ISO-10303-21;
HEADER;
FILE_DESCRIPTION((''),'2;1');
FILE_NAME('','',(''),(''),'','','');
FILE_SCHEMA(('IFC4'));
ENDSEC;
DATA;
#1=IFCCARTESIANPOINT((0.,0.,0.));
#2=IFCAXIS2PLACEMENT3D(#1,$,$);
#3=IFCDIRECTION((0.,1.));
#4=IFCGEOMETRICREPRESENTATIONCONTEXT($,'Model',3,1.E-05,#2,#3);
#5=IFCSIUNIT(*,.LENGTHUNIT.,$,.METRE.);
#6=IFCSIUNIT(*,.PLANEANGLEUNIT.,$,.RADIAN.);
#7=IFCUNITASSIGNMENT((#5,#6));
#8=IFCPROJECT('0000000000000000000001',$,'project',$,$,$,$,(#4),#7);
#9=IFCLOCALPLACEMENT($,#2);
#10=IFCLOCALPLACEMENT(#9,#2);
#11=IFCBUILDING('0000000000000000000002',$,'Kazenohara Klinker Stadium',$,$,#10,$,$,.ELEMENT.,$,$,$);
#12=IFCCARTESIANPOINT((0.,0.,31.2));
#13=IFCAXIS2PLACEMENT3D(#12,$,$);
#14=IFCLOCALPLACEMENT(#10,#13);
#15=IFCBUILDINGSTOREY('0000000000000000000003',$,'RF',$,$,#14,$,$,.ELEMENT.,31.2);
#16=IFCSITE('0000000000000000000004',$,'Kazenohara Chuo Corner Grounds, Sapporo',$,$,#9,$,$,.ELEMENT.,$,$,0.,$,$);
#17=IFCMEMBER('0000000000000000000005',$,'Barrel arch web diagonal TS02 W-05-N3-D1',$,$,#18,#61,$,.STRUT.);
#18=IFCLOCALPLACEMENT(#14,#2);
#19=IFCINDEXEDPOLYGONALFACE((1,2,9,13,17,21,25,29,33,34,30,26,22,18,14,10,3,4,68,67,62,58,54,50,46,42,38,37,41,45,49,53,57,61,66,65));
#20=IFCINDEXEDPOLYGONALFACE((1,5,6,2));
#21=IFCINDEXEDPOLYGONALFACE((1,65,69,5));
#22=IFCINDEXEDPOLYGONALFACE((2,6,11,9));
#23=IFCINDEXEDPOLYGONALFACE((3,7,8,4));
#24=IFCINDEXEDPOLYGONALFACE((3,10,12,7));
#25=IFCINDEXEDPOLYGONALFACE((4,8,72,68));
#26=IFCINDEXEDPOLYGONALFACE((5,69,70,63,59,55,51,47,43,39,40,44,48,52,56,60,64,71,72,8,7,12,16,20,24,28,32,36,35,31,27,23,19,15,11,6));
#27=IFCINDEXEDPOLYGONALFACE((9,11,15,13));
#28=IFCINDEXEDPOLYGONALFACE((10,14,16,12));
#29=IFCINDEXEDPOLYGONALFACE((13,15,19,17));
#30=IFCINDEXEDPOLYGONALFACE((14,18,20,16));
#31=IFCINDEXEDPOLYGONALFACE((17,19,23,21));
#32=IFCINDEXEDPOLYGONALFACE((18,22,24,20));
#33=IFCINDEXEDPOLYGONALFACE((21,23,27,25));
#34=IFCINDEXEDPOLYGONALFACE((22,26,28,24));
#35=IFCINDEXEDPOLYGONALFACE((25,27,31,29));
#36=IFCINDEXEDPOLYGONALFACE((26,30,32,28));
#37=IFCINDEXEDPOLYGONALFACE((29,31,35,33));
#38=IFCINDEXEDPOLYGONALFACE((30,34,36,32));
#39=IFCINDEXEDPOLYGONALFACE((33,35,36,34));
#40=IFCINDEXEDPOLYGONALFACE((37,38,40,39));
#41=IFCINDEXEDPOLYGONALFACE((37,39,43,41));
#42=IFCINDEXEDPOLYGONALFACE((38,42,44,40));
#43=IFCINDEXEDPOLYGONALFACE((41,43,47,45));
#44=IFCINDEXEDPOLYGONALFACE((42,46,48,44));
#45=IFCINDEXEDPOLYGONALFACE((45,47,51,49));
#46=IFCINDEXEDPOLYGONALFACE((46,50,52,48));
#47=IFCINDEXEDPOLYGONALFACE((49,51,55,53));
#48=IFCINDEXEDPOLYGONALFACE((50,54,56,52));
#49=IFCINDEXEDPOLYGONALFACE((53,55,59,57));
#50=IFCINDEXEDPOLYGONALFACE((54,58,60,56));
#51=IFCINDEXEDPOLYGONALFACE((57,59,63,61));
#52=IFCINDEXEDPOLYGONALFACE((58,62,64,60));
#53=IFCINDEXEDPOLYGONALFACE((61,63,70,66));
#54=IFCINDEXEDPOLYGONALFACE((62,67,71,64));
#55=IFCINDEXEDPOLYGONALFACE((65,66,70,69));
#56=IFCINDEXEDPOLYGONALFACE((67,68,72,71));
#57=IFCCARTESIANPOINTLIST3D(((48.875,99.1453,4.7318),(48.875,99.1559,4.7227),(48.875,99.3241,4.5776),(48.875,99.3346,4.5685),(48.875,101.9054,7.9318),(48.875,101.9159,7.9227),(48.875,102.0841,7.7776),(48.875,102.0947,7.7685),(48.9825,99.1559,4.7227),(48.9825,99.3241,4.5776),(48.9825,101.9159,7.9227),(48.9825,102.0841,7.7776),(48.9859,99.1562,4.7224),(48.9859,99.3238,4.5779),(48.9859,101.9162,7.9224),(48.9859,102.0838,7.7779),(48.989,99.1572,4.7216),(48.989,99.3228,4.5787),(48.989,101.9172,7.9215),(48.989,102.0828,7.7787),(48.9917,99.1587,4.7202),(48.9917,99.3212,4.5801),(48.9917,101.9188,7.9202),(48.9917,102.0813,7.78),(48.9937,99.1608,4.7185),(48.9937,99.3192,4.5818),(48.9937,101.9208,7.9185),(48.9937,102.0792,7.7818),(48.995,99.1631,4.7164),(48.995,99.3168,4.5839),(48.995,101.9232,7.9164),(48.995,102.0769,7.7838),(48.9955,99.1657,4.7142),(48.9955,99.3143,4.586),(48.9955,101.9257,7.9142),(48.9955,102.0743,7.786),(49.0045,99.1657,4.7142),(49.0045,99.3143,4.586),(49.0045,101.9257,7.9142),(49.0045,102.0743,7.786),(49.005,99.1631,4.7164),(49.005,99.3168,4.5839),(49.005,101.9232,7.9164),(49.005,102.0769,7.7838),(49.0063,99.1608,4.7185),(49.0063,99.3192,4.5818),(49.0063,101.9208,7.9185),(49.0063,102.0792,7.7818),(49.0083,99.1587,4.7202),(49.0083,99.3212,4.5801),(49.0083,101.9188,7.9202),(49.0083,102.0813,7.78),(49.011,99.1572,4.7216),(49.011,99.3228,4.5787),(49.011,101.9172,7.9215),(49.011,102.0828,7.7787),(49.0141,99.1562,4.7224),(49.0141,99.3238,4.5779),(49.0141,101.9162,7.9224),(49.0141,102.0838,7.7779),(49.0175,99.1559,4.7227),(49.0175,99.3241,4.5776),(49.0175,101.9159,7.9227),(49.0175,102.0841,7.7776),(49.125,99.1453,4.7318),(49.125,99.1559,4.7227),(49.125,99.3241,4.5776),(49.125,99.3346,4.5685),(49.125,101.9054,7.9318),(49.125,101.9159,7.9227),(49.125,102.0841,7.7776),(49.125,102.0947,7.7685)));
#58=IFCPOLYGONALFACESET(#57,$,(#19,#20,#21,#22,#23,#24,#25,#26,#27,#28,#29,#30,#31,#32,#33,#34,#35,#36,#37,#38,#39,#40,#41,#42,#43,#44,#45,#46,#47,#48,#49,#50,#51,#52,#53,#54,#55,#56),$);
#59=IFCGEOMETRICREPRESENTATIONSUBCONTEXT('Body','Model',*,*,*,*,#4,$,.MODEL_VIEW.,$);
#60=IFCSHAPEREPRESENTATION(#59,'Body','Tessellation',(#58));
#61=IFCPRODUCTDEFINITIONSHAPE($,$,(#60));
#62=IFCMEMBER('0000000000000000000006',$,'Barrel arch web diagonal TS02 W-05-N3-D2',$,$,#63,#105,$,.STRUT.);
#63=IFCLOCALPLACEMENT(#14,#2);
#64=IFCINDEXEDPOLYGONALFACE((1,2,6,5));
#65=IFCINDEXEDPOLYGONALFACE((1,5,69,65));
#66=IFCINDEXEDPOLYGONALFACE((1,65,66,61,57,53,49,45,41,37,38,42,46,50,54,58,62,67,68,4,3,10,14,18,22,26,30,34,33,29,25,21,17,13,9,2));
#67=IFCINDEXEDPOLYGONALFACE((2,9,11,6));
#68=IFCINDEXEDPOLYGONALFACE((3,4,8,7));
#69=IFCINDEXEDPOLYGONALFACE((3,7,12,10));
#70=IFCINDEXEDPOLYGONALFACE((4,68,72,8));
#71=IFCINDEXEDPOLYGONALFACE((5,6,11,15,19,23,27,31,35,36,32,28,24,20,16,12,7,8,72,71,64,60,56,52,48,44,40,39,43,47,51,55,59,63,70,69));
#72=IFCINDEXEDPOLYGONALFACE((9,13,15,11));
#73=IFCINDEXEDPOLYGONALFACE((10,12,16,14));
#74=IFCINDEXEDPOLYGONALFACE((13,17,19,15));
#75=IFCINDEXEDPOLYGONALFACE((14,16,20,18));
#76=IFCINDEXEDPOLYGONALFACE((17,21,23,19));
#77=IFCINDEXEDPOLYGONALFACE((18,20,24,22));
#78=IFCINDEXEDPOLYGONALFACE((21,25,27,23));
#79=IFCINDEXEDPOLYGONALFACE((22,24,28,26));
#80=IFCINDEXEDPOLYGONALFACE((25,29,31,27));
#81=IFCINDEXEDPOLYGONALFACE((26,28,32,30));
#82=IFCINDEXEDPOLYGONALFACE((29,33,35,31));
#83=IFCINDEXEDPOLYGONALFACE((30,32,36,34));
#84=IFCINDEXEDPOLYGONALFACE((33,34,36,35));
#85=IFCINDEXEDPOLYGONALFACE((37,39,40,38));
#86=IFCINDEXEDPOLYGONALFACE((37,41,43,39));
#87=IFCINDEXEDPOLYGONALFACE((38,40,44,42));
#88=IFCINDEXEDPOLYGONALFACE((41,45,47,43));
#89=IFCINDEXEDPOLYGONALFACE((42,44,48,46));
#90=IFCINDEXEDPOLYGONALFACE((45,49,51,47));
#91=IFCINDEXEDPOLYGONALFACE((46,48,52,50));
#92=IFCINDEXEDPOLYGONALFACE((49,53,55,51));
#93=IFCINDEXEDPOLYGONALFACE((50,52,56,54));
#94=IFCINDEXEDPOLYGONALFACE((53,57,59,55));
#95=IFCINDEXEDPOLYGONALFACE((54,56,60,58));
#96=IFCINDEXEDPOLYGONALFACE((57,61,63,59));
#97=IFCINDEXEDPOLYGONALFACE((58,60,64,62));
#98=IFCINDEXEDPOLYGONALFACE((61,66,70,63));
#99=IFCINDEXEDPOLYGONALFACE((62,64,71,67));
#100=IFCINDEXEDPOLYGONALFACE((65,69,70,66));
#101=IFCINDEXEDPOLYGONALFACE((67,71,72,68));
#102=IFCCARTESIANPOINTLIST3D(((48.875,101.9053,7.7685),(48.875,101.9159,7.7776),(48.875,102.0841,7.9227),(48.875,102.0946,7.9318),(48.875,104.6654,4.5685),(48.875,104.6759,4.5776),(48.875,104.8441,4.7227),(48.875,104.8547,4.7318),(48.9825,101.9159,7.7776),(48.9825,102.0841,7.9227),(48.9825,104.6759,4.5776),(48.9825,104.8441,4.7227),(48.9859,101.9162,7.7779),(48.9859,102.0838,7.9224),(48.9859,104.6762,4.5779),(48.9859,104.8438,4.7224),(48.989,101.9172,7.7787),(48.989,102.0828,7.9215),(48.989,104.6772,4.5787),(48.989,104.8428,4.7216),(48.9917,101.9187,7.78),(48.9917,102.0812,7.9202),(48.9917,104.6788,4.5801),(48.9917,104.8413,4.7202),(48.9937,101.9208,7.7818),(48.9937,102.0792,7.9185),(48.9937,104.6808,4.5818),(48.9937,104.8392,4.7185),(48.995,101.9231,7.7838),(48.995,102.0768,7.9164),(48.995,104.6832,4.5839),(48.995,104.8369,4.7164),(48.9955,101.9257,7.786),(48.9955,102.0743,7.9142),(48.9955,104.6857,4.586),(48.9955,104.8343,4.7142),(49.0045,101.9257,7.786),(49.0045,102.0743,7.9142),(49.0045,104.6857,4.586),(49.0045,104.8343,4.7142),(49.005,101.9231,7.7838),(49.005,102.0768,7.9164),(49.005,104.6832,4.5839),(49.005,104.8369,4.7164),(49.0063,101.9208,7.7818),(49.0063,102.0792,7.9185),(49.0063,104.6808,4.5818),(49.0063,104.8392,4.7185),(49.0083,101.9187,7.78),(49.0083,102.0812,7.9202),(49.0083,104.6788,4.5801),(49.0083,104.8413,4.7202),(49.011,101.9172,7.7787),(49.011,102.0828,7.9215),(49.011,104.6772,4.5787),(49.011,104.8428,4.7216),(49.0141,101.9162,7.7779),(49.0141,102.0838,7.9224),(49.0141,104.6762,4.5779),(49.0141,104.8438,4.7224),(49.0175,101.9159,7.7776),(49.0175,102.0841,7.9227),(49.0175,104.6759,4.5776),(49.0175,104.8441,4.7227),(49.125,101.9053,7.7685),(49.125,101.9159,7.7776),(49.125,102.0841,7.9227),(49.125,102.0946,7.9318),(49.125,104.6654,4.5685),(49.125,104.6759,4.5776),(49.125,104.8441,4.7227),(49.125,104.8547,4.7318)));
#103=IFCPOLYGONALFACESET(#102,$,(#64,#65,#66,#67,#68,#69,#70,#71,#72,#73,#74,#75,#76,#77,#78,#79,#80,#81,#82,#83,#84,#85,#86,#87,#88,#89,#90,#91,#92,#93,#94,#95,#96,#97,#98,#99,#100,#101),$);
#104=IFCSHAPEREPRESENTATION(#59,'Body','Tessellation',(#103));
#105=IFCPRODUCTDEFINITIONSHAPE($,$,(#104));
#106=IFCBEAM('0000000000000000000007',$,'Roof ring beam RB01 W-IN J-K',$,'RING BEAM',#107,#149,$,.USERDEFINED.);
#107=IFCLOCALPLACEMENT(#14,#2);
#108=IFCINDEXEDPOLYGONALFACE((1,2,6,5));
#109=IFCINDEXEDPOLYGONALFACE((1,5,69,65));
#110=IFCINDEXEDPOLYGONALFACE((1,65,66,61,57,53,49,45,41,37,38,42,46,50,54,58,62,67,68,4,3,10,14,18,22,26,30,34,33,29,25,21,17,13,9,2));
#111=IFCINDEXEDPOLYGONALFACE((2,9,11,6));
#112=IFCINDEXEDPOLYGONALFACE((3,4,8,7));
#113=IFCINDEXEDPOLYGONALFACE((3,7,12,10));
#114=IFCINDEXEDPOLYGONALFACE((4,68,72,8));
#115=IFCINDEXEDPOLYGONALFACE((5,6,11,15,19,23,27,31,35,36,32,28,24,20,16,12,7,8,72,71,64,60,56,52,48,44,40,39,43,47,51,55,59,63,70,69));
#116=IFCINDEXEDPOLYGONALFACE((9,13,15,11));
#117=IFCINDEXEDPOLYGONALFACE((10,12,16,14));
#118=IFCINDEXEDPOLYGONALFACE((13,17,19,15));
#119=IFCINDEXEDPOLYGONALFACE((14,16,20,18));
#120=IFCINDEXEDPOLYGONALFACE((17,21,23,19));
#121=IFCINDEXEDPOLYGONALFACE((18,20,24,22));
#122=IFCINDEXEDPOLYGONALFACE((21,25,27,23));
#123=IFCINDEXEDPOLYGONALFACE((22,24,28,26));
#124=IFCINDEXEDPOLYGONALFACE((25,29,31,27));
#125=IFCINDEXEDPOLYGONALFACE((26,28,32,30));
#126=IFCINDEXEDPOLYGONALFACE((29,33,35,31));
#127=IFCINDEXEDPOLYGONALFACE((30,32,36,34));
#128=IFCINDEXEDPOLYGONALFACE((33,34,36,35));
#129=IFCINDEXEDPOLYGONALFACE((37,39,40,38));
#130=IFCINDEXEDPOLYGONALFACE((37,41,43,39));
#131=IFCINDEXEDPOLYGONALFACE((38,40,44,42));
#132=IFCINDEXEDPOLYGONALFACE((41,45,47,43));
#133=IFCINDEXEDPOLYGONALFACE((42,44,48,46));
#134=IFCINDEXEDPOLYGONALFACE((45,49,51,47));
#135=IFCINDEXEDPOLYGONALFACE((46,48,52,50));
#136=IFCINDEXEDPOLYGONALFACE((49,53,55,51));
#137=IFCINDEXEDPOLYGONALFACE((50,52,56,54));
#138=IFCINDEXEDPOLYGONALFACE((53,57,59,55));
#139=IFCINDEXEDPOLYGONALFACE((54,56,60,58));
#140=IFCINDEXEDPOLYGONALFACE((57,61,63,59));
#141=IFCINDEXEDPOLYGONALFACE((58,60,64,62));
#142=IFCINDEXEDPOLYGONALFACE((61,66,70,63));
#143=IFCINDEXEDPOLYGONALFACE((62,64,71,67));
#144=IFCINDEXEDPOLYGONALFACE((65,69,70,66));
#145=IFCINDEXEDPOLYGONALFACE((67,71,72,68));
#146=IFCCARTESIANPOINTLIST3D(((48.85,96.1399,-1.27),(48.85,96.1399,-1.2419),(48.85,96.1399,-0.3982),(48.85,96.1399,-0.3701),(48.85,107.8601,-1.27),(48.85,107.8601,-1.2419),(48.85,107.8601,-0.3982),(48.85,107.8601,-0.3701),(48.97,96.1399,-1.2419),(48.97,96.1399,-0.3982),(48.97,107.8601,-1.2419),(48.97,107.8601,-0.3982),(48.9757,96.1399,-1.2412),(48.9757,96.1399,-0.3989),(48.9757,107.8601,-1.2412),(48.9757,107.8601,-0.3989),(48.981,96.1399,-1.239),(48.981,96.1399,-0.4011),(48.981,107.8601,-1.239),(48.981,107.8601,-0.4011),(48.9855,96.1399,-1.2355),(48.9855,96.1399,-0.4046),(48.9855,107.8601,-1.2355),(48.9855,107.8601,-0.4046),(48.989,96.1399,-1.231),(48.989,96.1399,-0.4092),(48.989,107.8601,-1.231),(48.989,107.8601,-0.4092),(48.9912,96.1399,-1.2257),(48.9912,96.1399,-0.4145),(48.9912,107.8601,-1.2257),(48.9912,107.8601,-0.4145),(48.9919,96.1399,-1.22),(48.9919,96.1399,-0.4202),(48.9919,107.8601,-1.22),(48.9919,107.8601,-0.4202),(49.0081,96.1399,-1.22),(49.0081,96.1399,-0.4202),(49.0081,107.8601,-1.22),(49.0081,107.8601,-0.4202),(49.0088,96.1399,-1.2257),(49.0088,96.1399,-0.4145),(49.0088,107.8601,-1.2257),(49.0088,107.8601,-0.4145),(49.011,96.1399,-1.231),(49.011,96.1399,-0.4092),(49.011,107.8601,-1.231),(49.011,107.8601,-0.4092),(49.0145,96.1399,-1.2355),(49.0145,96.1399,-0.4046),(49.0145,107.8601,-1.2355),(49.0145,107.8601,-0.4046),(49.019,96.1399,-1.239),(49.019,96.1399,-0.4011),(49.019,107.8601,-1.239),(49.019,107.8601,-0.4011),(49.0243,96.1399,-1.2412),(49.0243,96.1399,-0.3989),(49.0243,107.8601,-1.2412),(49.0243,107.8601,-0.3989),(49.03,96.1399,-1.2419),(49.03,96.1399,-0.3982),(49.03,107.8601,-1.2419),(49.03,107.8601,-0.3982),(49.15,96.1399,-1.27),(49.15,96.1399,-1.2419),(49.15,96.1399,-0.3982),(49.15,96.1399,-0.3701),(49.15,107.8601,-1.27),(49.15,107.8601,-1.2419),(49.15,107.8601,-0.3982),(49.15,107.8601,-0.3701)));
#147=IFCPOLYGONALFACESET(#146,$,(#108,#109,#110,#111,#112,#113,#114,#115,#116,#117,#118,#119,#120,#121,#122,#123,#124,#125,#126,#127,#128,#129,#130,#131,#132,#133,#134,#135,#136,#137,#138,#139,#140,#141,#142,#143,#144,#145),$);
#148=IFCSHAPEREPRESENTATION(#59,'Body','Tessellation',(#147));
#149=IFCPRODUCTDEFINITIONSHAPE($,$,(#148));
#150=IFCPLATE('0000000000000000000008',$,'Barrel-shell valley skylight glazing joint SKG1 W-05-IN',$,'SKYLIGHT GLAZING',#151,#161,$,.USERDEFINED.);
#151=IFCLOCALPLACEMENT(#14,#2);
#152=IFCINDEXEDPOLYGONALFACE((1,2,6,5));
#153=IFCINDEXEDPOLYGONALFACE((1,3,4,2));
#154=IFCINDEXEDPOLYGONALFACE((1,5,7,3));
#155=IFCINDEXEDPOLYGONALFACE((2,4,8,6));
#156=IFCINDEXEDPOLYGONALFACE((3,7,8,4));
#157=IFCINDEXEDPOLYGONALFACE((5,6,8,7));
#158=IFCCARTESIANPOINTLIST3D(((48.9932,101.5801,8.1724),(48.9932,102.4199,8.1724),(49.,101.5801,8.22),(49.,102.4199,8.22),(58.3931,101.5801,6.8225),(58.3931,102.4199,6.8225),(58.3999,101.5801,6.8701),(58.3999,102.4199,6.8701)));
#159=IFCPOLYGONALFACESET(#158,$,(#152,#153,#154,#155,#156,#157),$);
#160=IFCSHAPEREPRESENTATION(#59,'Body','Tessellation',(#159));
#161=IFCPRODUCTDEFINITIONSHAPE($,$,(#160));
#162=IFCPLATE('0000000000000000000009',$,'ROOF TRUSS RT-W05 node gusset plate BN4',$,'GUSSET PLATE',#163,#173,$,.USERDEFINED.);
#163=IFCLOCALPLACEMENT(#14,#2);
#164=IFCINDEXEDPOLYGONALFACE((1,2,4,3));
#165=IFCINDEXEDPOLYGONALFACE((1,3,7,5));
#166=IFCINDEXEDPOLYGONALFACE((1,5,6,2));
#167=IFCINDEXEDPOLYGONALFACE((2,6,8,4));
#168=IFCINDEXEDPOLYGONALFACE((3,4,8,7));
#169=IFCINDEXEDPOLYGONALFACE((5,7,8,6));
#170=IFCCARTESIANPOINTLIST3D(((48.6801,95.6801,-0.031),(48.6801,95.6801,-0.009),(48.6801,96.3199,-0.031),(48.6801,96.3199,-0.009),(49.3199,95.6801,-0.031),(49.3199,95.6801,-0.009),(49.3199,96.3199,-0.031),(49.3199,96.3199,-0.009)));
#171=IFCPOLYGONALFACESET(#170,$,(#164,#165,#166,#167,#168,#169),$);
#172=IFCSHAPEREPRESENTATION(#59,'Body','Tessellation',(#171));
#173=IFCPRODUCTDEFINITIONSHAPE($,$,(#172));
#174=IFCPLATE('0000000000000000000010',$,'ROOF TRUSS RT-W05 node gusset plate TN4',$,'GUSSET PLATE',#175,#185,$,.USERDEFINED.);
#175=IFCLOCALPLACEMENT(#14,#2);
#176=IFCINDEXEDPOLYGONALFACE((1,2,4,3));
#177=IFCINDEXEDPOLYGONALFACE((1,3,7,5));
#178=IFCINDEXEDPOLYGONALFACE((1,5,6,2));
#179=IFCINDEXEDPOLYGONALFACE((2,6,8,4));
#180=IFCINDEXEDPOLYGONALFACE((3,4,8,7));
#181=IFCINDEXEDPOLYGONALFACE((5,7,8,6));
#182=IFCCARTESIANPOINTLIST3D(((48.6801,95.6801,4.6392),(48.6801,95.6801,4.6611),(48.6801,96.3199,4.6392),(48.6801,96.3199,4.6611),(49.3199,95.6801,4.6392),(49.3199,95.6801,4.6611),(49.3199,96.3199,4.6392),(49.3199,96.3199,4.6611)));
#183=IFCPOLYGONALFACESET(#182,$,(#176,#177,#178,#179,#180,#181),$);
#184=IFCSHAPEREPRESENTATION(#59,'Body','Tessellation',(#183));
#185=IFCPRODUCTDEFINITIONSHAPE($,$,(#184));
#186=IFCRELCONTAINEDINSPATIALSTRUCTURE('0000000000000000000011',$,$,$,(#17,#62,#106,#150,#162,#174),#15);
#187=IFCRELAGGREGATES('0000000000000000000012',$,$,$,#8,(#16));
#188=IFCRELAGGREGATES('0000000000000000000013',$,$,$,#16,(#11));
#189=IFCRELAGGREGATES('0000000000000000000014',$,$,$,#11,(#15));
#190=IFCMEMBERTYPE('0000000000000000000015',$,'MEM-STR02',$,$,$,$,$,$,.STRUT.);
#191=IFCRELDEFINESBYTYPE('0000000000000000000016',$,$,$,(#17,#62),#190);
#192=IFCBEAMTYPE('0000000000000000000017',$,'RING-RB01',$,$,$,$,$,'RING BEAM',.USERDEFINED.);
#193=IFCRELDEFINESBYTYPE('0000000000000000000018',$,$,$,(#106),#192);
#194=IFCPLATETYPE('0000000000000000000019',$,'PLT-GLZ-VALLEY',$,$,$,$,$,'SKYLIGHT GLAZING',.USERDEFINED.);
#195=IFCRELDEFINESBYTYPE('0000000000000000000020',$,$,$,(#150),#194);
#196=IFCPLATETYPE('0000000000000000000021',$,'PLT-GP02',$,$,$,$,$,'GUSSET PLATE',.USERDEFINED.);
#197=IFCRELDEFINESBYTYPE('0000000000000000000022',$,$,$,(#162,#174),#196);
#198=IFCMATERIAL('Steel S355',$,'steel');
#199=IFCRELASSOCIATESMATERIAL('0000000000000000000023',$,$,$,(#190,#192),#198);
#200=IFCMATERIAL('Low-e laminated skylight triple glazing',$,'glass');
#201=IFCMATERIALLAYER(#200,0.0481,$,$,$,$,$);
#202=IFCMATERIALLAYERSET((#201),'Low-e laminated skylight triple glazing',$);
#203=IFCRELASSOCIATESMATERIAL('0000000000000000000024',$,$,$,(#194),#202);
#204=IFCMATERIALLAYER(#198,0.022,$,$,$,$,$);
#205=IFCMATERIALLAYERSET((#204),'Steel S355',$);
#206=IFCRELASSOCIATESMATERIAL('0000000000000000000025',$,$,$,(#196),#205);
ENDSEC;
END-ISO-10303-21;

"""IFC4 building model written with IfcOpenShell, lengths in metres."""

from ifc_helpers import new_model, si_unit, direction, frame, origin, origin_2d, place, context, subcontext, project, spatial, polyline, rectangle, i_section, outline, extrude, material, layer, layer_set, material_profile, profile_set, type_object, element, save


model = new_model("IFC4")

# Units and contexts
model_context = context("Model", 3, precision=1e-05, world=origin(), true_north=direction((0.0, 1.0)))
body_context = subcontext(model_context, "Body", "Model", "MODEL_VIEW")
ifc_project = project(units=[si_unit("LENGTHUNIT", "METRE"), si_unit("PLANEANGLEUNIT", "RADIAN")], contexts=[model_context])

# Site, building, storey
site_placement = place(None, origin())
site = spatial("IfcSite", under=ifc_project, at=site_placement, Name="Kazenohara Chuo Corner Grounds, Sapporo", CompositionType="ELEMENT", RefElevation=0.0)
building_placement = place(site_placement, origin())
building = spatial("IfcBuilding", under=site, at=building_placement, Name="Kazenohara Klinker Stadium", CompositionType="ELEMENT")
storey_placement = place(building_placement, frame((0.0, 0.0, 31.2)))
storey = spatial("IfcBuildingStorey", under=building, at=storey_placement, Name="RF", CompositionType="ELEMENT", Elevation=31.2)

# Members
ifc_material_1 = material(Name="Steel S355", Category="steel")
ifc_material_profile_1 = material_profile(ifc_material_1, i_section(OverallWidth=0.25, OverallDepth=0.25, WebThickness=0.009, FlangeThickness=0.0139, FilletRadius=0.0129, at=origin_2d()), Name="H-250x250x9x14")
ifc_profile_set_1 = profile_set([ifc_material_profile_1], Name="Steel S355")
member_type_1 = type_object("IfcMemberType", Name="MEM-STR02", PredefinedType="STRUT", material=ifc_profile_set_1)
for number, where, z_axis, x_axis, name in (
    (1, (49.0, 99.24, 4.6501), (0.0, 0.653134, 0.757242), (-1.0, 0.0, 0.0), "Barrel arch web diagonal TS02 W-05-N3-D1"),
    (2, (49.0, 104.76, 4.6501), (0.0, -0.653134, 0.757242), (1.0, 0.0, 0.0), "Barrel arch web diagonal TS02 W-05-N3-D2"),
):
    element("IfcMember", number, at=place(storey_placement, frame(where, z_axis=z_axis, x_axis=x_axis)), inside=storey, type_object=member_type_1, Name=name, PredefinedType="STRUT", context=body_context, shape_type="SweptSolid", body=[
        extrude(i_section(OverallWidth=0.25, OverallDepth=0.25, WebThickness=0.009, FlangeThickness=0.0139, FilletRadius=0.0129, at=origin_2d()), origin(), (0.0, 0.0, 1.0), 4.2258),
    ])

# Beam
ifc_material_profile_2 = material_profile(ifc_material_1, i_section(OverallWidth=0.3, OverallDepth=0.8999, WebThickness=0.0161, FlangeThickness=0.0281, FilletRadius=0.022, at=origin_2d()), Name="H-900x300x16x28")
ifc_profile_set_2 = profile_set([ifc_material_profile_2], Name="Steel S355")
beam_type = type_object("IfcBeamType", Name="RING-RB01", ElementType="RING BEAM", PredefinedType="USERDEFINED", material=ifc_profile_set_2)
beam_placement = place(storey_placement, frame((49.0, 96.1399, -0.8201), z_axis=(0.0, 1.0, 0.0), x_axis=(-1.0, 0.0, 0.0)))
element("IfcBeam", 3, at=beam_placement, inside=storey, type_object=beam_type, Name="Roof ring beam RB01 W-IN J-K", ObjectType="RING BEAM", PredefinedType="USERDEFINED", context=body_context, shape_type="SweptSolid", body=[
    extrude(i_section(OverallWidth=0.3, OverallDepth=0.8999, WebThickness=0.0161, FlangeThickness=0.0281, FilletRadius=0.022, at=origin_2d()), origin(), (0.0, 0.0, 1.0), 11.7202),
])

# Plates
ifc_material_2 = material(Name="Low-e laminated skylight triple glazing", Category="glass")
ifc_layer_1 = layer(ifc_material_2, 0.0481)
ifc_layer_set_1 = layer_set([ifc_layer_1], Name="Low-e laminated skylight triple glazing")
plate_type_1 = type_object("IfcPlateType", Name="PLT-GLZ-VALLEY", ElementType="SKYLIGHT GLAZING", PredefinedType="USERDEFINED", material=ifc_layer_set_1)
plate_1_placement = place(storey_placement, frame((49.0, 101.5801, 8.22), z_axis=(0.142145, 0.0, 0.989846), x_axis=(0.989846, 0.0, -0.142145)))
element("IfcPlate", 4, at=plate_1_placement, inside=storey, type_object=plate_type_1, Name="Barrel-shell valley skylight glazing joint SKG1 W-05-IN", ObjectType="SKYLIGHT GLAZING", PredefinedType="USERDEFINED", context=body_context, shape_type="SweptSolid", body=[
    extrude(outline(polyline([(0.0, 0.0), (9.4963, 0.0), (9.4963, 0.8398), (0.0, 0.8398), (0.0, 0.0)])), origin(), (0.0, 0.0, -1.0), 0.0481),
])
ifc_layer_2 = layer(ifc_material_1, 0.022)
ifc_layer_set_2 = layer_set([ifc_layer_2], Name="Steel S355")
plate_type_2 = type_object("IfcPlateType", Name="PLT-GP02", ElementType="GUSSET PLATE", PredefinedType="USERDEFINED", material=ifc_layer_set_2)
for number, where, z_axis, x_axis, name in (
    (5, (49.0, 96.0, -0.031), (0.0, 0.0, 1.0), (1.0, 0.0, 0.0), "ROOF TRUSS RT-W05 node gusset plate BN4"),
    (6, (49.0, 96.0, 4.6392), (0.0, 0.0, 1.0), (1.0, 0.0, 0.0), "ROOF TRUSS RT-W05 node gusset plate TN4"),
):
    element("IfcPlate", number, at=place(storey_placement, frame(where, z_axis=z_axis, x_axis=x_axis)), inside=storey, type_object=plate_type_2, Name=name, ObjectType="GUSSET PLATE", PredefinedType="USERDEFINED", context=body_context, shape_type="SweptSolid", body=[
        extrude(rectangle(XDim=0.6399, YDim=0.6399, at=origin_2d()), origin(), (0.0, 0.0, 1.0), 0.022),
    ])

save(model, "model.ifc")
